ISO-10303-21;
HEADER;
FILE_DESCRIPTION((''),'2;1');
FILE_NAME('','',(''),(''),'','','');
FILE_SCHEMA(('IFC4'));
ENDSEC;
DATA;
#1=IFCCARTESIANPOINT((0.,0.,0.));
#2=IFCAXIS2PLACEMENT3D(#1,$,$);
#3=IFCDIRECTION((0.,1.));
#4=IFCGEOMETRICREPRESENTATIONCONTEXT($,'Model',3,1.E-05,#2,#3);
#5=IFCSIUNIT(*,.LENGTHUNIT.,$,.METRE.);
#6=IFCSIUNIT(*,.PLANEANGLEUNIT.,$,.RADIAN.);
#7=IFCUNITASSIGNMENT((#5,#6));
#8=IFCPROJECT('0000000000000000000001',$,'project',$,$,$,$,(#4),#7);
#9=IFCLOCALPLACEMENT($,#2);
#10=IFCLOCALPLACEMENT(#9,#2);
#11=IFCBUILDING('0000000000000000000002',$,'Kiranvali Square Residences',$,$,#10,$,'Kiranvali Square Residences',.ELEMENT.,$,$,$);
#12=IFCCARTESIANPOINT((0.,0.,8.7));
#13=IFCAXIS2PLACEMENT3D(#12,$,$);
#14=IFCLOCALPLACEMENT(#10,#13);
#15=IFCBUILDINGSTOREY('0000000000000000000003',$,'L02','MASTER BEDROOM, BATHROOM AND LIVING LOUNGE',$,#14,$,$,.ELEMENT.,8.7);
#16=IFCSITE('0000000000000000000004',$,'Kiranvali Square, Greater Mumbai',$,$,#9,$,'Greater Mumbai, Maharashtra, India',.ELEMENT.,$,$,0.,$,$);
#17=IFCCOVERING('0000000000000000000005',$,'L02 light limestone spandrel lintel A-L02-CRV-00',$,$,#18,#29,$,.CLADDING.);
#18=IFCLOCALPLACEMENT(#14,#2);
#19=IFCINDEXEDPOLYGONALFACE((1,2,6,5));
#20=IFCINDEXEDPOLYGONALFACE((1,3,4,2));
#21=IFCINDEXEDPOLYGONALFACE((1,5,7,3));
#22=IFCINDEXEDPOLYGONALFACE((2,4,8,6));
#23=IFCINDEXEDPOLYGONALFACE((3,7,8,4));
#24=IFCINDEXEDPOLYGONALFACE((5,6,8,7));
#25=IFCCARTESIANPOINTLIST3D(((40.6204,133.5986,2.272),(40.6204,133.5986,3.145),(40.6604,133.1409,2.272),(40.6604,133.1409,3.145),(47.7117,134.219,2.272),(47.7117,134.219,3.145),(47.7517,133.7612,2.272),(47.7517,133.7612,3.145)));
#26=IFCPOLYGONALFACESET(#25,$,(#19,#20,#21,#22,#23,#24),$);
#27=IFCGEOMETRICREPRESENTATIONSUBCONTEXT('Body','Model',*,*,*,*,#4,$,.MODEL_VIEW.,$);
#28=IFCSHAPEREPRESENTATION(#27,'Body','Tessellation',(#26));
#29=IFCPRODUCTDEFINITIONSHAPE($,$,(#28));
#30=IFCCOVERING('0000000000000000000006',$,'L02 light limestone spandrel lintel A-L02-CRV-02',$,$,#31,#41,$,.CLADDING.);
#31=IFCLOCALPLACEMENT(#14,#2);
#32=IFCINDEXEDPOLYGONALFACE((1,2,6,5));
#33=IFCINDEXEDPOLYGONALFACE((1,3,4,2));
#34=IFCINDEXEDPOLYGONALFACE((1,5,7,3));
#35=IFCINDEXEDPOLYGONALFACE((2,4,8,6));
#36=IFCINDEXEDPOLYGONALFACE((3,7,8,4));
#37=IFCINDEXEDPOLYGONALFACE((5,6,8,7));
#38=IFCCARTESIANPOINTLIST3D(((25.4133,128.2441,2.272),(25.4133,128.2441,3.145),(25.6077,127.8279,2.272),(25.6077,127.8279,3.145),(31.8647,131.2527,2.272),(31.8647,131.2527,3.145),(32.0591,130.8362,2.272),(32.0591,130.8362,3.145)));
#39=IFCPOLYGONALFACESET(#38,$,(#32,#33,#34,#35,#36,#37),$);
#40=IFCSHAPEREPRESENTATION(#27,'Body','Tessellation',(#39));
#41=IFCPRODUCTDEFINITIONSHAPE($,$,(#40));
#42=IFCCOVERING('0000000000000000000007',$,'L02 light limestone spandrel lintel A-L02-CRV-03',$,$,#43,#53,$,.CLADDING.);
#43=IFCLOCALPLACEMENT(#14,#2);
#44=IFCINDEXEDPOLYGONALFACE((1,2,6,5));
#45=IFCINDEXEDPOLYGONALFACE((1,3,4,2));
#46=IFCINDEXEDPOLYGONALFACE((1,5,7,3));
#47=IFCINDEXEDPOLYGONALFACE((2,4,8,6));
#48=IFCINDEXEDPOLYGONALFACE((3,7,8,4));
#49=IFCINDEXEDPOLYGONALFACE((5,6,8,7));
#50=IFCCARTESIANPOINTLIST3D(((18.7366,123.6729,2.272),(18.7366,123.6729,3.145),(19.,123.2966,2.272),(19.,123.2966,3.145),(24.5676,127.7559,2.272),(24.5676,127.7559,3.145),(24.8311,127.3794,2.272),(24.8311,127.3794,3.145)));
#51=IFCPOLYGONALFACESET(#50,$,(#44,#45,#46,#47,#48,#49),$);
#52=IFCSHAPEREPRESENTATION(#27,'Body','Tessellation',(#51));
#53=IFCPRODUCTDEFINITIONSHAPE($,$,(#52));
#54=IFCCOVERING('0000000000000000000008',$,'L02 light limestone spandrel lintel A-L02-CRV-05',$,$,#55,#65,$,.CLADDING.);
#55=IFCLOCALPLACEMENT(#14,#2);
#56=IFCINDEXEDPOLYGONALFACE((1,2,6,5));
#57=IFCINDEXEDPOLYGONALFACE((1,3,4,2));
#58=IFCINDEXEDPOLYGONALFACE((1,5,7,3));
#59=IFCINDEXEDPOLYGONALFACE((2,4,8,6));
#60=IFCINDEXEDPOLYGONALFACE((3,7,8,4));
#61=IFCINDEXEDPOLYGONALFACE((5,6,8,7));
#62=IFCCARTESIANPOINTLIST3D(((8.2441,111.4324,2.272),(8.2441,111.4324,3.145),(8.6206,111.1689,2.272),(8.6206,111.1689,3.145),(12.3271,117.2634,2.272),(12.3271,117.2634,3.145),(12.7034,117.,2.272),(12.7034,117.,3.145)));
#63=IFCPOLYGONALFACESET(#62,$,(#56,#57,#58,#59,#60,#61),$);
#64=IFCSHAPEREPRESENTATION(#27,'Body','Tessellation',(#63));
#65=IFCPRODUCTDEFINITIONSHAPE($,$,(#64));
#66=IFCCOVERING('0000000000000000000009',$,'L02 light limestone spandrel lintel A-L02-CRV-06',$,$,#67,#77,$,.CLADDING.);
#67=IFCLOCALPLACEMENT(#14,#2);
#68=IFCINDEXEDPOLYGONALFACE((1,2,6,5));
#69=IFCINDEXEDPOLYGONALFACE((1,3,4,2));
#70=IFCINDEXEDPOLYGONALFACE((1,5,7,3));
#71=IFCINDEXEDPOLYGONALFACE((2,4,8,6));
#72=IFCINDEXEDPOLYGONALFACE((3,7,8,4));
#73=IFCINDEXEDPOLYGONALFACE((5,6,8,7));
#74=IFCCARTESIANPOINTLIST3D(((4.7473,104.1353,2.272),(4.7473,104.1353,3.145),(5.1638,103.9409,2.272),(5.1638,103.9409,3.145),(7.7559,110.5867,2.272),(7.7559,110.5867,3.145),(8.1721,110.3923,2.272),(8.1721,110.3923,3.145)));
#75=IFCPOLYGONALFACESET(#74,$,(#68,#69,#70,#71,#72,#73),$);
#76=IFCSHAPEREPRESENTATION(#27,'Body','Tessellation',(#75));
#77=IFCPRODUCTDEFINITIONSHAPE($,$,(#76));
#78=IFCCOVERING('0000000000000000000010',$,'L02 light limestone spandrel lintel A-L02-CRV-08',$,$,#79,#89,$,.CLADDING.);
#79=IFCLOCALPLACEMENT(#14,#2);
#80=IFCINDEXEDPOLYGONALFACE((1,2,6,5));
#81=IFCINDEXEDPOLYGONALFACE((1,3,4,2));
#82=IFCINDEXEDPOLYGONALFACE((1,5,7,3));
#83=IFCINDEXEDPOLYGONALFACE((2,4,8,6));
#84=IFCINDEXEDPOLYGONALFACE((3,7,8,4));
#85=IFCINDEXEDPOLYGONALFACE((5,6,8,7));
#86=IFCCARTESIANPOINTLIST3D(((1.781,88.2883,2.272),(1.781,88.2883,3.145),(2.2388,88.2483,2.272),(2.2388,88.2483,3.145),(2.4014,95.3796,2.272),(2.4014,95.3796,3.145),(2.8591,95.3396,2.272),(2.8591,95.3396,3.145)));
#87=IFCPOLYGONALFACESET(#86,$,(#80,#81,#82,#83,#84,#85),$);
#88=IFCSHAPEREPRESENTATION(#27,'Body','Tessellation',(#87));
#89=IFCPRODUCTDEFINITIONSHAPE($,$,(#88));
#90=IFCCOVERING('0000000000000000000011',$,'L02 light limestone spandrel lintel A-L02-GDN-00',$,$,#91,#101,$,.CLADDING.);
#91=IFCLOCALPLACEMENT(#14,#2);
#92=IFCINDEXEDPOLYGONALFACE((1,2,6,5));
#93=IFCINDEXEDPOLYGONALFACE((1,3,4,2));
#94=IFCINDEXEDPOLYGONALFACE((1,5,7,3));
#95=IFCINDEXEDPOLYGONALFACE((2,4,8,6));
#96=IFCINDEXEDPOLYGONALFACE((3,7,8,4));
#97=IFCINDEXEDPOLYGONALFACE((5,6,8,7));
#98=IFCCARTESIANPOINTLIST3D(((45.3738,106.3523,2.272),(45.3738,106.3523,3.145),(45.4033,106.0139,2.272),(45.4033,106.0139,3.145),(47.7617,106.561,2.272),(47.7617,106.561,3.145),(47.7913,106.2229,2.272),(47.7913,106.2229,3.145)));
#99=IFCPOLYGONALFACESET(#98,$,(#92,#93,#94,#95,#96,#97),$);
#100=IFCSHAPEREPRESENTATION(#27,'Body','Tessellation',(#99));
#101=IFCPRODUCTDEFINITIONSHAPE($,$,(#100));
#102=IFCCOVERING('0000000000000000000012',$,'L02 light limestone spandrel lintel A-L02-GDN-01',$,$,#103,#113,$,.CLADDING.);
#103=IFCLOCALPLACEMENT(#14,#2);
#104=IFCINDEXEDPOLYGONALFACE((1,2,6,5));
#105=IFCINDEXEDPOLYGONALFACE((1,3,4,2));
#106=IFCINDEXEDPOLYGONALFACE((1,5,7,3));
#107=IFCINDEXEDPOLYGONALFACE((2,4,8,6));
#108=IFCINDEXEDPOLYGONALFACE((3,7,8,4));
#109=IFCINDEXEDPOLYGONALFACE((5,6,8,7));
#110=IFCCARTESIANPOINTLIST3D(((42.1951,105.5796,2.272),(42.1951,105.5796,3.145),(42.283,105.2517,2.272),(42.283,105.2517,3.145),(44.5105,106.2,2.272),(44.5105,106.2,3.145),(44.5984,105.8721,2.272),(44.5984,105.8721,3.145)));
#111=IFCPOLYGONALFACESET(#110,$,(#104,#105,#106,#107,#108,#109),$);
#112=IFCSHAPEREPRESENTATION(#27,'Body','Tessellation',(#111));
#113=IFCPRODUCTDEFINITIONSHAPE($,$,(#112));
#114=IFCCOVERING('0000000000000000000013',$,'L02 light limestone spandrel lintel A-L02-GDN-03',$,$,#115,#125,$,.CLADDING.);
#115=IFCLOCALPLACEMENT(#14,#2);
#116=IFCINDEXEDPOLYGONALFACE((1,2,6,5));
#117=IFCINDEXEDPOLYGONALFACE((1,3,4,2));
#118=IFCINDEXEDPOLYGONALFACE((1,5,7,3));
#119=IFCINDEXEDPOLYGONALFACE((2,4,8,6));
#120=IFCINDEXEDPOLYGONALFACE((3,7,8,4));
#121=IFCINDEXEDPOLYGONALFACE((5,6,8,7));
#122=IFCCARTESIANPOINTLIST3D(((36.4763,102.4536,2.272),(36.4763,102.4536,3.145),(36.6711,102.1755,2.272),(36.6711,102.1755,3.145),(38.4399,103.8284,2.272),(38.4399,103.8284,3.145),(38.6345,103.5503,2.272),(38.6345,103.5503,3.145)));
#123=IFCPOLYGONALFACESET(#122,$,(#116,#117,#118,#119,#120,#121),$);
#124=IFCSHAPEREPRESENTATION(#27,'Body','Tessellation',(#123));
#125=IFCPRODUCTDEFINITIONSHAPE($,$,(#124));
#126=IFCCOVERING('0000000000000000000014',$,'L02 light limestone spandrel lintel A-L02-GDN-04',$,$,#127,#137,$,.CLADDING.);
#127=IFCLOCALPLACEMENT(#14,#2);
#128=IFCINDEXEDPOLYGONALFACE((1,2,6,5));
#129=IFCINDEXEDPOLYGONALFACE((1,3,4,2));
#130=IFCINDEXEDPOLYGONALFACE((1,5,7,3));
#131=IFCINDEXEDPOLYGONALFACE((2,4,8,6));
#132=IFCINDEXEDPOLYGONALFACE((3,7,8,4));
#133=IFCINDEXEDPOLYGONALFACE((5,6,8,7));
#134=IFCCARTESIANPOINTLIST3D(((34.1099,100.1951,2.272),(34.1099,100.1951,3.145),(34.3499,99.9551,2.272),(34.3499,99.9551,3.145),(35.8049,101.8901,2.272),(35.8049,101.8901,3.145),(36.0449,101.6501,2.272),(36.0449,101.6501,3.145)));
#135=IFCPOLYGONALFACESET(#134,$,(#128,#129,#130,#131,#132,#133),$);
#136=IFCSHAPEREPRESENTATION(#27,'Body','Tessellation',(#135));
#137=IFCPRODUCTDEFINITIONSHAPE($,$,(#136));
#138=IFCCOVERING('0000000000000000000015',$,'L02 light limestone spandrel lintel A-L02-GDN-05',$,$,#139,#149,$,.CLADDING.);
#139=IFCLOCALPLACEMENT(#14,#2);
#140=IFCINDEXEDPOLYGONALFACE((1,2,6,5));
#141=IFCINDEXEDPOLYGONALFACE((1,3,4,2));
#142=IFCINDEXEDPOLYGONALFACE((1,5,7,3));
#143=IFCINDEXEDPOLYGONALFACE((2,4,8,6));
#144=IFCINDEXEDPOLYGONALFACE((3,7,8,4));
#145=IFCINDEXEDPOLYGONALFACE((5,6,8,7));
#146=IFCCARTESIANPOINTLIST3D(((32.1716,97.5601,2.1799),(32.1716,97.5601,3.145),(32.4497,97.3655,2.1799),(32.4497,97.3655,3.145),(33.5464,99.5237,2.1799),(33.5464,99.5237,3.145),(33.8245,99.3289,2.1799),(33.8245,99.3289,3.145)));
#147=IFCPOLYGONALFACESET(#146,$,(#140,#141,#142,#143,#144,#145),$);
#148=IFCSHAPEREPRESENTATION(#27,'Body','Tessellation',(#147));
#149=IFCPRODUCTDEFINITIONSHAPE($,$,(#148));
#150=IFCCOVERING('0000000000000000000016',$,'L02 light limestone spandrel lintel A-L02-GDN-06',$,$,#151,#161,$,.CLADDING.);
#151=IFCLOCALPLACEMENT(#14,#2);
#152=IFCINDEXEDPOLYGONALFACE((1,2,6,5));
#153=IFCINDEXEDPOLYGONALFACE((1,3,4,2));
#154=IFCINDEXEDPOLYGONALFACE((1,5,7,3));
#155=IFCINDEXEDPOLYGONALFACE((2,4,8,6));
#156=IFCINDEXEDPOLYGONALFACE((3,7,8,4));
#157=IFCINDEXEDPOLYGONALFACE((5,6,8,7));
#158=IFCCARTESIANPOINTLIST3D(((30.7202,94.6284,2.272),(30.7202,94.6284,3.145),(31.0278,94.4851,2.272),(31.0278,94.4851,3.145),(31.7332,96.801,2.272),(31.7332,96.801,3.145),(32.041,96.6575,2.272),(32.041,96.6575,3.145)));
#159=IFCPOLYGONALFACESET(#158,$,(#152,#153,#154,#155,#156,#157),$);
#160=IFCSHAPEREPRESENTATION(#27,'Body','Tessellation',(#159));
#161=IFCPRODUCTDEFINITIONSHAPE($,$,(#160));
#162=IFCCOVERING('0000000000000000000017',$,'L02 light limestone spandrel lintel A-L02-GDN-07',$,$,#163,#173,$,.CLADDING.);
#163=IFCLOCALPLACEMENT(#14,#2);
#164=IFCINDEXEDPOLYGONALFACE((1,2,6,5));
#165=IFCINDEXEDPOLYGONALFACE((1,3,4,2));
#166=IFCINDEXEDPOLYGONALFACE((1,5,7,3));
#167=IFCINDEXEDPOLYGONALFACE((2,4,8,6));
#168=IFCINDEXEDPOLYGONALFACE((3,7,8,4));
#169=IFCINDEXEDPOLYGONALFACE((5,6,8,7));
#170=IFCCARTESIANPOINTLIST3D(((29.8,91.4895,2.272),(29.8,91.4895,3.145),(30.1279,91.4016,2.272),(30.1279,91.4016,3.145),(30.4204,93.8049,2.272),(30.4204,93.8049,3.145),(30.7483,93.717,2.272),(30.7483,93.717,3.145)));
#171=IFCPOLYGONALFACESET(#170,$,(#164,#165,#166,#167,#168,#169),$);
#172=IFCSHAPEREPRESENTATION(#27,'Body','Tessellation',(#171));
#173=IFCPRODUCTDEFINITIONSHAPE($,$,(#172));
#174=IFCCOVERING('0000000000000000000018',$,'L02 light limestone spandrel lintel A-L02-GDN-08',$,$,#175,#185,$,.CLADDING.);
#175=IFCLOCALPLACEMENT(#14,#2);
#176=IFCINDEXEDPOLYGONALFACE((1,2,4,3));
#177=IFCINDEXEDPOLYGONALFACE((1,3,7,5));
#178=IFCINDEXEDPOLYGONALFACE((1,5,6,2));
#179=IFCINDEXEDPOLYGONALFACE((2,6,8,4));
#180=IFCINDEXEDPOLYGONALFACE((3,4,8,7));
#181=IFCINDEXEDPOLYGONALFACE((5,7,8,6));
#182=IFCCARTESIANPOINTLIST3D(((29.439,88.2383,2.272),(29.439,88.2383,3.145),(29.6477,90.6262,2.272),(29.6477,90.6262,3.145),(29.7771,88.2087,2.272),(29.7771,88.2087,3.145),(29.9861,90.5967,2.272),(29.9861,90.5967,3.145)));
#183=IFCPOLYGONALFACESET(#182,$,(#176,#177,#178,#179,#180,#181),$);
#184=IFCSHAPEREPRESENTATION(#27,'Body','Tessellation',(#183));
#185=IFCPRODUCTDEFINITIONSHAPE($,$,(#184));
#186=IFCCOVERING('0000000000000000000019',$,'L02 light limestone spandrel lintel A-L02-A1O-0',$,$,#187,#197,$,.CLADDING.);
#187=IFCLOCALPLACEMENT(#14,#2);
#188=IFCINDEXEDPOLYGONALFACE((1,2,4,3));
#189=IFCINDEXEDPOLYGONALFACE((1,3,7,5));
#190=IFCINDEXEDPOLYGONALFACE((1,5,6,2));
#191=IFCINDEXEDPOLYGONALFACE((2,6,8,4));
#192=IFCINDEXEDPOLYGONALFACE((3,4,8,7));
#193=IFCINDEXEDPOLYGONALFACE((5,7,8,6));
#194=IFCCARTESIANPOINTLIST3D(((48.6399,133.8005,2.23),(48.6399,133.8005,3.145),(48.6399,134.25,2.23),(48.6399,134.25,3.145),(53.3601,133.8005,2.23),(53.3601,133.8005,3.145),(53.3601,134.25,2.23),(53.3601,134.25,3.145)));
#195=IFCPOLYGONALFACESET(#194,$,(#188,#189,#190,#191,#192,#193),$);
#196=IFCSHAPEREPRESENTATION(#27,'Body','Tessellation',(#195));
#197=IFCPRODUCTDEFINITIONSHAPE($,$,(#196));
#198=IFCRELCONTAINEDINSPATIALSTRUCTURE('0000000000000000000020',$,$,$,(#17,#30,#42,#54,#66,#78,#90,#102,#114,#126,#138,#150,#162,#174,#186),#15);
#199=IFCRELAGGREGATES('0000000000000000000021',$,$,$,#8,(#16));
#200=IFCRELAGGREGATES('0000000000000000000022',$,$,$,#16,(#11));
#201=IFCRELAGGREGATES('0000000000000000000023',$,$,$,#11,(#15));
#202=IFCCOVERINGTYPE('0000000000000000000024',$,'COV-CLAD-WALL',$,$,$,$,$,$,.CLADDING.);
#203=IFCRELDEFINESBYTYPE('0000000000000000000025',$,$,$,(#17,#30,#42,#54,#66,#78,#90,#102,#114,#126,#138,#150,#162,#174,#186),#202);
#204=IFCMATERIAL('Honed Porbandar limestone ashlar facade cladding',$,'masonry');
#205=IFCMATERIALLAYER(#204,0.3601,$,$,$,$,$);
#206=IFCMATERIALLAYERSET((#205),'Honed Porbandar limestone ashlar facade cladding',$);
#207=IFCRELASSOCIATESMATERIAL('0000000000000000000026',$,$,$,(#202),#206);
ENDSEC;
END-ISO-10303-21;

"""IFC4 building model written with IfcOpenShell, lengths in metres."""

from ifc_helpers import new_model, si_unit, direction, frame, origin, place, context, subcontext, project, spatial, polyline, outline, extrude, material, layer, layer_set, type_object, element, save


model = new_model("IFC4")

# Units and contexts
model_context = context("Model", 3, precision=1e-05, world=origin(), true_north=direction((0.0, 1.0)))
body_context = subcontext(model_context, "Body", "Model", "MODEL_VIEW")
ifc_project = project(units=[si_unit("LENGTHUNIT", "METRE"), si_unit("PLANEANGLEUNIT", "RADIAN")], contexts=[model_context])

# Site, building, storey
site_placement = place(None, origin())
site = spatial("IfcSite", under=ifc_project, at=site_placement, Name="Kiranvali Square, Greater Mumbai", LongName="Greater Mumbai, Maharashtra, India", CompositionType="ELEMENT", RefElevation=0.0)
building_placement = place(site_placement, origin())
building = spatial("IfcBuilding", under=site, at=building_placement, Name="Kiranvali Square Residences", LongName="Kiranvali Square Residences", CompositionType="ELEMENT")
storey_placement = place(building_placement, frame((0.0, 0.0, 8.7)))
storey = spatial("IfcBuildingStorey", under=building, at=storey_placement, Name="L02", Description="MASTER BEDROOM, BATHROOM AND LIVING LOUNGE", CompositionType="ELEMENT", Elevation=8.7)

# Coverings
ifc_material = material(Name="Honed Porbandar limestone ashlar facade cladding", Category="masonry")
ifc_layer = layer(ifc_material, 0.3601)
ifc_layer_set = layer_set([ifc_layer], Name="Honed Porbandar limestone ashlar facade cladding")
covering_type = type_object("IfcCoveringType", Name="COV-CLAD-WALL", PredefinedType="CLADDING", material=ifc_layer_set)
covering_1_placement = place(storey_placement, frame((0.0, 0.0, 2.272)))
element("IfcCovering", 1, at=covering_1_placement, inside=storey, type_object=covering_type, Name="L02 light limestone spandrel lintel A-L02-CRV-00", PredefinedType="CLADDING", context=body_context, shape_type="SweptSolid", body=[
    extrude(outline(polyline([(47.7117, 134.219), (40.6204, 133.5986), (40.6604, 133.1409), (47.7517, 133.7612), (47.7117, 134.219)])), origin(), (0.0, 0.0, 1.0), 0.873),
])
covering_2_placement = place(storey_placement, frame((0.0, 0.0, 2.272)))
element("IfcCovering", 2, at=covering_2_placement, inside=storey, type_object=covering_type, Name="L02 light limestone spandrel lintel A-L02-CRV-02", PredefinedType="CLADDING", context=body_context, shape_type="SweptSolid", body=[
    extrude(outline(polyline([(31.8647, 131.2527), (25.4133, 128.2441), (25.6077, 127.8279), (32.0591, 130.8362), (31.8647, 131.2527)])), origin(), (0.0, 0.0, 1.0), 0.873),
])
covering_3_placement = place(storey_placement, frame((0.0, 0.0, 2.272)))
element("IfcCovering", 3, at=covering_3_placement, inside=storey, type_object=covering_type, Name="L02 light limestone spandrel lintel A-L02-CRV-03", PredefinedType="CLADDING", context=body_context, shape_type="SweptSolid", body=[
    extrude(outline(polyline([(24.5676, 127.7559), (18.7366, 123.6729), (19.0, 123.2966), (24.8311, 127.3794), (24.5676, 127.7559)])), origin(), (0.0, 0.0, 1.0), 0.873),
])
covering_4_placement = place(storey_placement, frame((0.0, 0.0, 2.272)))
element("IfcCovering", 4, at=covering_4_placement, inside=storey, type_object=covering_type, Name="L02 light limestone spandrel lintel A-L02-CRV-05", PredefinedType="CLADDING", context=body_context, shape_type="SweptSolid", body=[
    extrude(outline(polyline([(12.3271, 117.2634), (8.2441, 111.4324), (8.6206, 111.1689), (12.7034, 117.0), (12.3271, 117.2634)])), origin(), (0.0, 0.0, 1.0), 0.873),
])
covering_5_placement = place(storey_placement, frame((0.0, 0.0, 2.272)))
element("IfcCovering", 5, at=covering_5_placement, inside=storey, type_object=covering_type, Name="L02 light limestone spandrel lintel A-L02-CRV-06", PredefinedType="CLADDING", context=body_context, shape_type="SweptSolid", body=[
    extrude(outline(polyline([(7.7559, 110.5867), (4.7473, 104.1353), (5.1638, 103.9409), (8.1721, 110.3923), (7.7559, 110.5867)])), origin(), (0.0, 0.0, 1.0), 0.873),
])
covering_6_placement = place(storey_placement, frame((0.0, 0.0, 2.272)))
element("IfcCovering", 6, at=covering_6_placement, inside=storey, type_object=covering_type, Name="L02 light limestone spandrel lintel A-L02-CRV-08", PredefinedType="CLADDING", context=body_context, shape_type="SweptSolid", body=[
    extrude(outline(polyline([(2.4014, 95.3796), (1.781, 88.2883), (2.2388, 88.2483), (2.8591, 95.3396), (2.4014, 95.3796)])), origin(), (0.0, 0.0, 1.0), 0.873),
])
covering_7_placement = place(storey_placement, frame((0.0, 0.0, 2.272)))
element("IfcCovering", 7, at=covering_7_placement, inside=storey, type_object=covering_type, Name="L02 light limestone spandrel lintel A-L02-GDN-00", PredefinedType="CLADDING", context=body_context, shape_type="SweptSolid", body=[
    extrude(outline(polyline([(47.7617, 106.561), (45.3738, 106.3523), (45.4033, 106.0139), (47.7913, 106.2229), (47.7617, 106.561)])), origin(), (0.0, 0.0, 1.0), 0.873),
])
covering_8_placement = place(storey_placement, frame((0.0, 0.0, 2.272)))
element("IfcCovering", 8, at=covering_8_placement, inside=storey, type_object=covering_type, Name="L02 light limestone spandrel lintel A-L02-GDN-01", PredefinedType="CLADDING", context=body_context, shape_type="SweptSolid", body=[
    extrude(outline(polyline([(44.5105, 106.2), (42.1951, 105.5796), (42.283, 105.2517), (44.5984, 105.8721), (44.5105, 106.2)])), origin(), (0.0, 0.0, 1.0), 0.873),
])
covering_9_placement = place(storey_placement, frame((0.0, 0.0, 2.272)))
element("IfcCovering", 9, at=covering_9_placement, inside=storey, type_object=covering_type, Name="L02 light limestone spandrel lintel A-L02-GDN-03", PredefinedType="CLADDING", context=body_context, shape_type="SweptSolid", body=[
    extrude(outline(polyline([(38.4399, 103.8284), (36.4763, 102.4536), (36.6711, 102.1755), (38.6345, 103.5503), (38.4399, 103.8284)])), origin(), (0.0, 0.0, 1.0), 0.873),
])
covering_10_placement = place(storey_placement, frame((0.0, 0.0, 2.272)))
element("IfcCovering", 10, at=covering_10_placement, inside=storey, type_object=covering_type, Name="L02 light limestone spandrel lintel A-L02-GDN-04", PredefinedType="CLADDING", context=body_context, shape_type="SweptSolid", body=[
    extrude(outline(polyline([(35.8049, 101.8901), (34.1099, 100.1951), (34.3499, 99.9551), (36.0449, 101.6501), (35.8049, 101.8901)])), origin(), (0.0, 0.0, 1.0), 0.873),
])
covering_11_placement = place(storey_placement, frame((0.0, 0.0, 2.1799)))
element("IfcCovering", 11, at=covering_11_placement, inside=storey, type_object=covering_type, Name="L02 light limestone spandrel lintel A-L02-GDN-05", PredefinedType="CLADDING", context=body_context, shape_type="SweptSolid", body=[
    extrude(outline(polyline([(33.5464, 99.5237), (32.1716, 97.5601), (32.4497, 97.3655), (33.8245, 99.3289), (33.5464, 99.5237)])), origin(), (0.0, 0.0, 1.0), 0.9651),
])
covering_12_placement = place(storey_placement, frame((0.0, 0.0, 2.272)))
element("IfcCovering", 12, at=covering_12_placement, inside=storey, type_object=covering_type, Name="L02 light limestone spandrel lintel A-L02-GDN-06", PredefinedType="CLADDING", context=body_context, shape_type="SweptSolid", body=[
    extrude(outline(polyline([(31.7332, 96.801), (30.7202, 94.6284), (31.0278, 94.4851), (32.041, 96.6575), (31.7332, 96.801)])), origin(), (0.0, 0.0, 1.0), 0.873),
])
covering_13_placement = place(storey_placement, frame((0.0, 0.0, 2.272)))
element("IfcCovering", 13, at=covering_13_placement, inside=storey, type_object=covering_type, Name="L02 light limestone spandrel lintel A-L02-GDN-07", PredefinedType="CLADDING", context=body_context, shape_type="SweptSolid", body=[
    extrude(outline(polyline([(30.4204, 93.8049), (29.8, 91.4895), (30.1279, 91.4016), (30.7483, 93.717), (30.4204, 93.8049)])), origin(), (0.0, 0.0, 1.0), 0.873),
])
covering_14_placement = place(storey_placement, frame((0.0, 0.0, 2.272)))
element("IfcCovering", 14, at=covering_14_placement, inside=storey, type_object=covering_type, Name="L02 light limestone spandrel lintel A-L02-GDN-08", PredefinedType="CLADDING", context=body_context, shape_type="SweptSolid", body=[
    extrude(outline(polyline([(29.6477, 90.6262), (29.439, 88.2383), (29.7771, 88.2087), (29.9861, 90.5967), (29.6477, 90.6262)])), origin(), (0.0, 0.0, 1.0), 0.873),
])
covering_15_placement = place(storey_placement, frame((0.0, 0.0, 2.23)))
element("IfcCovering", 15, at=covering_15_placement, inside=storey, type_object=covering_type, Name="L02 light limestone spandrel lintel A-L02-A1O-0", PredefinedType="CLADDING", context=body_context, shape_type="SweptSolid", body=[
    extrude(outline(polyline([(48.6399, 133.8005), (53.3601, 133.8005), (53.3601, 134.25), (48.6399, 134.25), (48.6399, 133.8005)])), origin(), (0.0, 0.0, 1.0), 0.915),
])

save(model, "model.ifc")
